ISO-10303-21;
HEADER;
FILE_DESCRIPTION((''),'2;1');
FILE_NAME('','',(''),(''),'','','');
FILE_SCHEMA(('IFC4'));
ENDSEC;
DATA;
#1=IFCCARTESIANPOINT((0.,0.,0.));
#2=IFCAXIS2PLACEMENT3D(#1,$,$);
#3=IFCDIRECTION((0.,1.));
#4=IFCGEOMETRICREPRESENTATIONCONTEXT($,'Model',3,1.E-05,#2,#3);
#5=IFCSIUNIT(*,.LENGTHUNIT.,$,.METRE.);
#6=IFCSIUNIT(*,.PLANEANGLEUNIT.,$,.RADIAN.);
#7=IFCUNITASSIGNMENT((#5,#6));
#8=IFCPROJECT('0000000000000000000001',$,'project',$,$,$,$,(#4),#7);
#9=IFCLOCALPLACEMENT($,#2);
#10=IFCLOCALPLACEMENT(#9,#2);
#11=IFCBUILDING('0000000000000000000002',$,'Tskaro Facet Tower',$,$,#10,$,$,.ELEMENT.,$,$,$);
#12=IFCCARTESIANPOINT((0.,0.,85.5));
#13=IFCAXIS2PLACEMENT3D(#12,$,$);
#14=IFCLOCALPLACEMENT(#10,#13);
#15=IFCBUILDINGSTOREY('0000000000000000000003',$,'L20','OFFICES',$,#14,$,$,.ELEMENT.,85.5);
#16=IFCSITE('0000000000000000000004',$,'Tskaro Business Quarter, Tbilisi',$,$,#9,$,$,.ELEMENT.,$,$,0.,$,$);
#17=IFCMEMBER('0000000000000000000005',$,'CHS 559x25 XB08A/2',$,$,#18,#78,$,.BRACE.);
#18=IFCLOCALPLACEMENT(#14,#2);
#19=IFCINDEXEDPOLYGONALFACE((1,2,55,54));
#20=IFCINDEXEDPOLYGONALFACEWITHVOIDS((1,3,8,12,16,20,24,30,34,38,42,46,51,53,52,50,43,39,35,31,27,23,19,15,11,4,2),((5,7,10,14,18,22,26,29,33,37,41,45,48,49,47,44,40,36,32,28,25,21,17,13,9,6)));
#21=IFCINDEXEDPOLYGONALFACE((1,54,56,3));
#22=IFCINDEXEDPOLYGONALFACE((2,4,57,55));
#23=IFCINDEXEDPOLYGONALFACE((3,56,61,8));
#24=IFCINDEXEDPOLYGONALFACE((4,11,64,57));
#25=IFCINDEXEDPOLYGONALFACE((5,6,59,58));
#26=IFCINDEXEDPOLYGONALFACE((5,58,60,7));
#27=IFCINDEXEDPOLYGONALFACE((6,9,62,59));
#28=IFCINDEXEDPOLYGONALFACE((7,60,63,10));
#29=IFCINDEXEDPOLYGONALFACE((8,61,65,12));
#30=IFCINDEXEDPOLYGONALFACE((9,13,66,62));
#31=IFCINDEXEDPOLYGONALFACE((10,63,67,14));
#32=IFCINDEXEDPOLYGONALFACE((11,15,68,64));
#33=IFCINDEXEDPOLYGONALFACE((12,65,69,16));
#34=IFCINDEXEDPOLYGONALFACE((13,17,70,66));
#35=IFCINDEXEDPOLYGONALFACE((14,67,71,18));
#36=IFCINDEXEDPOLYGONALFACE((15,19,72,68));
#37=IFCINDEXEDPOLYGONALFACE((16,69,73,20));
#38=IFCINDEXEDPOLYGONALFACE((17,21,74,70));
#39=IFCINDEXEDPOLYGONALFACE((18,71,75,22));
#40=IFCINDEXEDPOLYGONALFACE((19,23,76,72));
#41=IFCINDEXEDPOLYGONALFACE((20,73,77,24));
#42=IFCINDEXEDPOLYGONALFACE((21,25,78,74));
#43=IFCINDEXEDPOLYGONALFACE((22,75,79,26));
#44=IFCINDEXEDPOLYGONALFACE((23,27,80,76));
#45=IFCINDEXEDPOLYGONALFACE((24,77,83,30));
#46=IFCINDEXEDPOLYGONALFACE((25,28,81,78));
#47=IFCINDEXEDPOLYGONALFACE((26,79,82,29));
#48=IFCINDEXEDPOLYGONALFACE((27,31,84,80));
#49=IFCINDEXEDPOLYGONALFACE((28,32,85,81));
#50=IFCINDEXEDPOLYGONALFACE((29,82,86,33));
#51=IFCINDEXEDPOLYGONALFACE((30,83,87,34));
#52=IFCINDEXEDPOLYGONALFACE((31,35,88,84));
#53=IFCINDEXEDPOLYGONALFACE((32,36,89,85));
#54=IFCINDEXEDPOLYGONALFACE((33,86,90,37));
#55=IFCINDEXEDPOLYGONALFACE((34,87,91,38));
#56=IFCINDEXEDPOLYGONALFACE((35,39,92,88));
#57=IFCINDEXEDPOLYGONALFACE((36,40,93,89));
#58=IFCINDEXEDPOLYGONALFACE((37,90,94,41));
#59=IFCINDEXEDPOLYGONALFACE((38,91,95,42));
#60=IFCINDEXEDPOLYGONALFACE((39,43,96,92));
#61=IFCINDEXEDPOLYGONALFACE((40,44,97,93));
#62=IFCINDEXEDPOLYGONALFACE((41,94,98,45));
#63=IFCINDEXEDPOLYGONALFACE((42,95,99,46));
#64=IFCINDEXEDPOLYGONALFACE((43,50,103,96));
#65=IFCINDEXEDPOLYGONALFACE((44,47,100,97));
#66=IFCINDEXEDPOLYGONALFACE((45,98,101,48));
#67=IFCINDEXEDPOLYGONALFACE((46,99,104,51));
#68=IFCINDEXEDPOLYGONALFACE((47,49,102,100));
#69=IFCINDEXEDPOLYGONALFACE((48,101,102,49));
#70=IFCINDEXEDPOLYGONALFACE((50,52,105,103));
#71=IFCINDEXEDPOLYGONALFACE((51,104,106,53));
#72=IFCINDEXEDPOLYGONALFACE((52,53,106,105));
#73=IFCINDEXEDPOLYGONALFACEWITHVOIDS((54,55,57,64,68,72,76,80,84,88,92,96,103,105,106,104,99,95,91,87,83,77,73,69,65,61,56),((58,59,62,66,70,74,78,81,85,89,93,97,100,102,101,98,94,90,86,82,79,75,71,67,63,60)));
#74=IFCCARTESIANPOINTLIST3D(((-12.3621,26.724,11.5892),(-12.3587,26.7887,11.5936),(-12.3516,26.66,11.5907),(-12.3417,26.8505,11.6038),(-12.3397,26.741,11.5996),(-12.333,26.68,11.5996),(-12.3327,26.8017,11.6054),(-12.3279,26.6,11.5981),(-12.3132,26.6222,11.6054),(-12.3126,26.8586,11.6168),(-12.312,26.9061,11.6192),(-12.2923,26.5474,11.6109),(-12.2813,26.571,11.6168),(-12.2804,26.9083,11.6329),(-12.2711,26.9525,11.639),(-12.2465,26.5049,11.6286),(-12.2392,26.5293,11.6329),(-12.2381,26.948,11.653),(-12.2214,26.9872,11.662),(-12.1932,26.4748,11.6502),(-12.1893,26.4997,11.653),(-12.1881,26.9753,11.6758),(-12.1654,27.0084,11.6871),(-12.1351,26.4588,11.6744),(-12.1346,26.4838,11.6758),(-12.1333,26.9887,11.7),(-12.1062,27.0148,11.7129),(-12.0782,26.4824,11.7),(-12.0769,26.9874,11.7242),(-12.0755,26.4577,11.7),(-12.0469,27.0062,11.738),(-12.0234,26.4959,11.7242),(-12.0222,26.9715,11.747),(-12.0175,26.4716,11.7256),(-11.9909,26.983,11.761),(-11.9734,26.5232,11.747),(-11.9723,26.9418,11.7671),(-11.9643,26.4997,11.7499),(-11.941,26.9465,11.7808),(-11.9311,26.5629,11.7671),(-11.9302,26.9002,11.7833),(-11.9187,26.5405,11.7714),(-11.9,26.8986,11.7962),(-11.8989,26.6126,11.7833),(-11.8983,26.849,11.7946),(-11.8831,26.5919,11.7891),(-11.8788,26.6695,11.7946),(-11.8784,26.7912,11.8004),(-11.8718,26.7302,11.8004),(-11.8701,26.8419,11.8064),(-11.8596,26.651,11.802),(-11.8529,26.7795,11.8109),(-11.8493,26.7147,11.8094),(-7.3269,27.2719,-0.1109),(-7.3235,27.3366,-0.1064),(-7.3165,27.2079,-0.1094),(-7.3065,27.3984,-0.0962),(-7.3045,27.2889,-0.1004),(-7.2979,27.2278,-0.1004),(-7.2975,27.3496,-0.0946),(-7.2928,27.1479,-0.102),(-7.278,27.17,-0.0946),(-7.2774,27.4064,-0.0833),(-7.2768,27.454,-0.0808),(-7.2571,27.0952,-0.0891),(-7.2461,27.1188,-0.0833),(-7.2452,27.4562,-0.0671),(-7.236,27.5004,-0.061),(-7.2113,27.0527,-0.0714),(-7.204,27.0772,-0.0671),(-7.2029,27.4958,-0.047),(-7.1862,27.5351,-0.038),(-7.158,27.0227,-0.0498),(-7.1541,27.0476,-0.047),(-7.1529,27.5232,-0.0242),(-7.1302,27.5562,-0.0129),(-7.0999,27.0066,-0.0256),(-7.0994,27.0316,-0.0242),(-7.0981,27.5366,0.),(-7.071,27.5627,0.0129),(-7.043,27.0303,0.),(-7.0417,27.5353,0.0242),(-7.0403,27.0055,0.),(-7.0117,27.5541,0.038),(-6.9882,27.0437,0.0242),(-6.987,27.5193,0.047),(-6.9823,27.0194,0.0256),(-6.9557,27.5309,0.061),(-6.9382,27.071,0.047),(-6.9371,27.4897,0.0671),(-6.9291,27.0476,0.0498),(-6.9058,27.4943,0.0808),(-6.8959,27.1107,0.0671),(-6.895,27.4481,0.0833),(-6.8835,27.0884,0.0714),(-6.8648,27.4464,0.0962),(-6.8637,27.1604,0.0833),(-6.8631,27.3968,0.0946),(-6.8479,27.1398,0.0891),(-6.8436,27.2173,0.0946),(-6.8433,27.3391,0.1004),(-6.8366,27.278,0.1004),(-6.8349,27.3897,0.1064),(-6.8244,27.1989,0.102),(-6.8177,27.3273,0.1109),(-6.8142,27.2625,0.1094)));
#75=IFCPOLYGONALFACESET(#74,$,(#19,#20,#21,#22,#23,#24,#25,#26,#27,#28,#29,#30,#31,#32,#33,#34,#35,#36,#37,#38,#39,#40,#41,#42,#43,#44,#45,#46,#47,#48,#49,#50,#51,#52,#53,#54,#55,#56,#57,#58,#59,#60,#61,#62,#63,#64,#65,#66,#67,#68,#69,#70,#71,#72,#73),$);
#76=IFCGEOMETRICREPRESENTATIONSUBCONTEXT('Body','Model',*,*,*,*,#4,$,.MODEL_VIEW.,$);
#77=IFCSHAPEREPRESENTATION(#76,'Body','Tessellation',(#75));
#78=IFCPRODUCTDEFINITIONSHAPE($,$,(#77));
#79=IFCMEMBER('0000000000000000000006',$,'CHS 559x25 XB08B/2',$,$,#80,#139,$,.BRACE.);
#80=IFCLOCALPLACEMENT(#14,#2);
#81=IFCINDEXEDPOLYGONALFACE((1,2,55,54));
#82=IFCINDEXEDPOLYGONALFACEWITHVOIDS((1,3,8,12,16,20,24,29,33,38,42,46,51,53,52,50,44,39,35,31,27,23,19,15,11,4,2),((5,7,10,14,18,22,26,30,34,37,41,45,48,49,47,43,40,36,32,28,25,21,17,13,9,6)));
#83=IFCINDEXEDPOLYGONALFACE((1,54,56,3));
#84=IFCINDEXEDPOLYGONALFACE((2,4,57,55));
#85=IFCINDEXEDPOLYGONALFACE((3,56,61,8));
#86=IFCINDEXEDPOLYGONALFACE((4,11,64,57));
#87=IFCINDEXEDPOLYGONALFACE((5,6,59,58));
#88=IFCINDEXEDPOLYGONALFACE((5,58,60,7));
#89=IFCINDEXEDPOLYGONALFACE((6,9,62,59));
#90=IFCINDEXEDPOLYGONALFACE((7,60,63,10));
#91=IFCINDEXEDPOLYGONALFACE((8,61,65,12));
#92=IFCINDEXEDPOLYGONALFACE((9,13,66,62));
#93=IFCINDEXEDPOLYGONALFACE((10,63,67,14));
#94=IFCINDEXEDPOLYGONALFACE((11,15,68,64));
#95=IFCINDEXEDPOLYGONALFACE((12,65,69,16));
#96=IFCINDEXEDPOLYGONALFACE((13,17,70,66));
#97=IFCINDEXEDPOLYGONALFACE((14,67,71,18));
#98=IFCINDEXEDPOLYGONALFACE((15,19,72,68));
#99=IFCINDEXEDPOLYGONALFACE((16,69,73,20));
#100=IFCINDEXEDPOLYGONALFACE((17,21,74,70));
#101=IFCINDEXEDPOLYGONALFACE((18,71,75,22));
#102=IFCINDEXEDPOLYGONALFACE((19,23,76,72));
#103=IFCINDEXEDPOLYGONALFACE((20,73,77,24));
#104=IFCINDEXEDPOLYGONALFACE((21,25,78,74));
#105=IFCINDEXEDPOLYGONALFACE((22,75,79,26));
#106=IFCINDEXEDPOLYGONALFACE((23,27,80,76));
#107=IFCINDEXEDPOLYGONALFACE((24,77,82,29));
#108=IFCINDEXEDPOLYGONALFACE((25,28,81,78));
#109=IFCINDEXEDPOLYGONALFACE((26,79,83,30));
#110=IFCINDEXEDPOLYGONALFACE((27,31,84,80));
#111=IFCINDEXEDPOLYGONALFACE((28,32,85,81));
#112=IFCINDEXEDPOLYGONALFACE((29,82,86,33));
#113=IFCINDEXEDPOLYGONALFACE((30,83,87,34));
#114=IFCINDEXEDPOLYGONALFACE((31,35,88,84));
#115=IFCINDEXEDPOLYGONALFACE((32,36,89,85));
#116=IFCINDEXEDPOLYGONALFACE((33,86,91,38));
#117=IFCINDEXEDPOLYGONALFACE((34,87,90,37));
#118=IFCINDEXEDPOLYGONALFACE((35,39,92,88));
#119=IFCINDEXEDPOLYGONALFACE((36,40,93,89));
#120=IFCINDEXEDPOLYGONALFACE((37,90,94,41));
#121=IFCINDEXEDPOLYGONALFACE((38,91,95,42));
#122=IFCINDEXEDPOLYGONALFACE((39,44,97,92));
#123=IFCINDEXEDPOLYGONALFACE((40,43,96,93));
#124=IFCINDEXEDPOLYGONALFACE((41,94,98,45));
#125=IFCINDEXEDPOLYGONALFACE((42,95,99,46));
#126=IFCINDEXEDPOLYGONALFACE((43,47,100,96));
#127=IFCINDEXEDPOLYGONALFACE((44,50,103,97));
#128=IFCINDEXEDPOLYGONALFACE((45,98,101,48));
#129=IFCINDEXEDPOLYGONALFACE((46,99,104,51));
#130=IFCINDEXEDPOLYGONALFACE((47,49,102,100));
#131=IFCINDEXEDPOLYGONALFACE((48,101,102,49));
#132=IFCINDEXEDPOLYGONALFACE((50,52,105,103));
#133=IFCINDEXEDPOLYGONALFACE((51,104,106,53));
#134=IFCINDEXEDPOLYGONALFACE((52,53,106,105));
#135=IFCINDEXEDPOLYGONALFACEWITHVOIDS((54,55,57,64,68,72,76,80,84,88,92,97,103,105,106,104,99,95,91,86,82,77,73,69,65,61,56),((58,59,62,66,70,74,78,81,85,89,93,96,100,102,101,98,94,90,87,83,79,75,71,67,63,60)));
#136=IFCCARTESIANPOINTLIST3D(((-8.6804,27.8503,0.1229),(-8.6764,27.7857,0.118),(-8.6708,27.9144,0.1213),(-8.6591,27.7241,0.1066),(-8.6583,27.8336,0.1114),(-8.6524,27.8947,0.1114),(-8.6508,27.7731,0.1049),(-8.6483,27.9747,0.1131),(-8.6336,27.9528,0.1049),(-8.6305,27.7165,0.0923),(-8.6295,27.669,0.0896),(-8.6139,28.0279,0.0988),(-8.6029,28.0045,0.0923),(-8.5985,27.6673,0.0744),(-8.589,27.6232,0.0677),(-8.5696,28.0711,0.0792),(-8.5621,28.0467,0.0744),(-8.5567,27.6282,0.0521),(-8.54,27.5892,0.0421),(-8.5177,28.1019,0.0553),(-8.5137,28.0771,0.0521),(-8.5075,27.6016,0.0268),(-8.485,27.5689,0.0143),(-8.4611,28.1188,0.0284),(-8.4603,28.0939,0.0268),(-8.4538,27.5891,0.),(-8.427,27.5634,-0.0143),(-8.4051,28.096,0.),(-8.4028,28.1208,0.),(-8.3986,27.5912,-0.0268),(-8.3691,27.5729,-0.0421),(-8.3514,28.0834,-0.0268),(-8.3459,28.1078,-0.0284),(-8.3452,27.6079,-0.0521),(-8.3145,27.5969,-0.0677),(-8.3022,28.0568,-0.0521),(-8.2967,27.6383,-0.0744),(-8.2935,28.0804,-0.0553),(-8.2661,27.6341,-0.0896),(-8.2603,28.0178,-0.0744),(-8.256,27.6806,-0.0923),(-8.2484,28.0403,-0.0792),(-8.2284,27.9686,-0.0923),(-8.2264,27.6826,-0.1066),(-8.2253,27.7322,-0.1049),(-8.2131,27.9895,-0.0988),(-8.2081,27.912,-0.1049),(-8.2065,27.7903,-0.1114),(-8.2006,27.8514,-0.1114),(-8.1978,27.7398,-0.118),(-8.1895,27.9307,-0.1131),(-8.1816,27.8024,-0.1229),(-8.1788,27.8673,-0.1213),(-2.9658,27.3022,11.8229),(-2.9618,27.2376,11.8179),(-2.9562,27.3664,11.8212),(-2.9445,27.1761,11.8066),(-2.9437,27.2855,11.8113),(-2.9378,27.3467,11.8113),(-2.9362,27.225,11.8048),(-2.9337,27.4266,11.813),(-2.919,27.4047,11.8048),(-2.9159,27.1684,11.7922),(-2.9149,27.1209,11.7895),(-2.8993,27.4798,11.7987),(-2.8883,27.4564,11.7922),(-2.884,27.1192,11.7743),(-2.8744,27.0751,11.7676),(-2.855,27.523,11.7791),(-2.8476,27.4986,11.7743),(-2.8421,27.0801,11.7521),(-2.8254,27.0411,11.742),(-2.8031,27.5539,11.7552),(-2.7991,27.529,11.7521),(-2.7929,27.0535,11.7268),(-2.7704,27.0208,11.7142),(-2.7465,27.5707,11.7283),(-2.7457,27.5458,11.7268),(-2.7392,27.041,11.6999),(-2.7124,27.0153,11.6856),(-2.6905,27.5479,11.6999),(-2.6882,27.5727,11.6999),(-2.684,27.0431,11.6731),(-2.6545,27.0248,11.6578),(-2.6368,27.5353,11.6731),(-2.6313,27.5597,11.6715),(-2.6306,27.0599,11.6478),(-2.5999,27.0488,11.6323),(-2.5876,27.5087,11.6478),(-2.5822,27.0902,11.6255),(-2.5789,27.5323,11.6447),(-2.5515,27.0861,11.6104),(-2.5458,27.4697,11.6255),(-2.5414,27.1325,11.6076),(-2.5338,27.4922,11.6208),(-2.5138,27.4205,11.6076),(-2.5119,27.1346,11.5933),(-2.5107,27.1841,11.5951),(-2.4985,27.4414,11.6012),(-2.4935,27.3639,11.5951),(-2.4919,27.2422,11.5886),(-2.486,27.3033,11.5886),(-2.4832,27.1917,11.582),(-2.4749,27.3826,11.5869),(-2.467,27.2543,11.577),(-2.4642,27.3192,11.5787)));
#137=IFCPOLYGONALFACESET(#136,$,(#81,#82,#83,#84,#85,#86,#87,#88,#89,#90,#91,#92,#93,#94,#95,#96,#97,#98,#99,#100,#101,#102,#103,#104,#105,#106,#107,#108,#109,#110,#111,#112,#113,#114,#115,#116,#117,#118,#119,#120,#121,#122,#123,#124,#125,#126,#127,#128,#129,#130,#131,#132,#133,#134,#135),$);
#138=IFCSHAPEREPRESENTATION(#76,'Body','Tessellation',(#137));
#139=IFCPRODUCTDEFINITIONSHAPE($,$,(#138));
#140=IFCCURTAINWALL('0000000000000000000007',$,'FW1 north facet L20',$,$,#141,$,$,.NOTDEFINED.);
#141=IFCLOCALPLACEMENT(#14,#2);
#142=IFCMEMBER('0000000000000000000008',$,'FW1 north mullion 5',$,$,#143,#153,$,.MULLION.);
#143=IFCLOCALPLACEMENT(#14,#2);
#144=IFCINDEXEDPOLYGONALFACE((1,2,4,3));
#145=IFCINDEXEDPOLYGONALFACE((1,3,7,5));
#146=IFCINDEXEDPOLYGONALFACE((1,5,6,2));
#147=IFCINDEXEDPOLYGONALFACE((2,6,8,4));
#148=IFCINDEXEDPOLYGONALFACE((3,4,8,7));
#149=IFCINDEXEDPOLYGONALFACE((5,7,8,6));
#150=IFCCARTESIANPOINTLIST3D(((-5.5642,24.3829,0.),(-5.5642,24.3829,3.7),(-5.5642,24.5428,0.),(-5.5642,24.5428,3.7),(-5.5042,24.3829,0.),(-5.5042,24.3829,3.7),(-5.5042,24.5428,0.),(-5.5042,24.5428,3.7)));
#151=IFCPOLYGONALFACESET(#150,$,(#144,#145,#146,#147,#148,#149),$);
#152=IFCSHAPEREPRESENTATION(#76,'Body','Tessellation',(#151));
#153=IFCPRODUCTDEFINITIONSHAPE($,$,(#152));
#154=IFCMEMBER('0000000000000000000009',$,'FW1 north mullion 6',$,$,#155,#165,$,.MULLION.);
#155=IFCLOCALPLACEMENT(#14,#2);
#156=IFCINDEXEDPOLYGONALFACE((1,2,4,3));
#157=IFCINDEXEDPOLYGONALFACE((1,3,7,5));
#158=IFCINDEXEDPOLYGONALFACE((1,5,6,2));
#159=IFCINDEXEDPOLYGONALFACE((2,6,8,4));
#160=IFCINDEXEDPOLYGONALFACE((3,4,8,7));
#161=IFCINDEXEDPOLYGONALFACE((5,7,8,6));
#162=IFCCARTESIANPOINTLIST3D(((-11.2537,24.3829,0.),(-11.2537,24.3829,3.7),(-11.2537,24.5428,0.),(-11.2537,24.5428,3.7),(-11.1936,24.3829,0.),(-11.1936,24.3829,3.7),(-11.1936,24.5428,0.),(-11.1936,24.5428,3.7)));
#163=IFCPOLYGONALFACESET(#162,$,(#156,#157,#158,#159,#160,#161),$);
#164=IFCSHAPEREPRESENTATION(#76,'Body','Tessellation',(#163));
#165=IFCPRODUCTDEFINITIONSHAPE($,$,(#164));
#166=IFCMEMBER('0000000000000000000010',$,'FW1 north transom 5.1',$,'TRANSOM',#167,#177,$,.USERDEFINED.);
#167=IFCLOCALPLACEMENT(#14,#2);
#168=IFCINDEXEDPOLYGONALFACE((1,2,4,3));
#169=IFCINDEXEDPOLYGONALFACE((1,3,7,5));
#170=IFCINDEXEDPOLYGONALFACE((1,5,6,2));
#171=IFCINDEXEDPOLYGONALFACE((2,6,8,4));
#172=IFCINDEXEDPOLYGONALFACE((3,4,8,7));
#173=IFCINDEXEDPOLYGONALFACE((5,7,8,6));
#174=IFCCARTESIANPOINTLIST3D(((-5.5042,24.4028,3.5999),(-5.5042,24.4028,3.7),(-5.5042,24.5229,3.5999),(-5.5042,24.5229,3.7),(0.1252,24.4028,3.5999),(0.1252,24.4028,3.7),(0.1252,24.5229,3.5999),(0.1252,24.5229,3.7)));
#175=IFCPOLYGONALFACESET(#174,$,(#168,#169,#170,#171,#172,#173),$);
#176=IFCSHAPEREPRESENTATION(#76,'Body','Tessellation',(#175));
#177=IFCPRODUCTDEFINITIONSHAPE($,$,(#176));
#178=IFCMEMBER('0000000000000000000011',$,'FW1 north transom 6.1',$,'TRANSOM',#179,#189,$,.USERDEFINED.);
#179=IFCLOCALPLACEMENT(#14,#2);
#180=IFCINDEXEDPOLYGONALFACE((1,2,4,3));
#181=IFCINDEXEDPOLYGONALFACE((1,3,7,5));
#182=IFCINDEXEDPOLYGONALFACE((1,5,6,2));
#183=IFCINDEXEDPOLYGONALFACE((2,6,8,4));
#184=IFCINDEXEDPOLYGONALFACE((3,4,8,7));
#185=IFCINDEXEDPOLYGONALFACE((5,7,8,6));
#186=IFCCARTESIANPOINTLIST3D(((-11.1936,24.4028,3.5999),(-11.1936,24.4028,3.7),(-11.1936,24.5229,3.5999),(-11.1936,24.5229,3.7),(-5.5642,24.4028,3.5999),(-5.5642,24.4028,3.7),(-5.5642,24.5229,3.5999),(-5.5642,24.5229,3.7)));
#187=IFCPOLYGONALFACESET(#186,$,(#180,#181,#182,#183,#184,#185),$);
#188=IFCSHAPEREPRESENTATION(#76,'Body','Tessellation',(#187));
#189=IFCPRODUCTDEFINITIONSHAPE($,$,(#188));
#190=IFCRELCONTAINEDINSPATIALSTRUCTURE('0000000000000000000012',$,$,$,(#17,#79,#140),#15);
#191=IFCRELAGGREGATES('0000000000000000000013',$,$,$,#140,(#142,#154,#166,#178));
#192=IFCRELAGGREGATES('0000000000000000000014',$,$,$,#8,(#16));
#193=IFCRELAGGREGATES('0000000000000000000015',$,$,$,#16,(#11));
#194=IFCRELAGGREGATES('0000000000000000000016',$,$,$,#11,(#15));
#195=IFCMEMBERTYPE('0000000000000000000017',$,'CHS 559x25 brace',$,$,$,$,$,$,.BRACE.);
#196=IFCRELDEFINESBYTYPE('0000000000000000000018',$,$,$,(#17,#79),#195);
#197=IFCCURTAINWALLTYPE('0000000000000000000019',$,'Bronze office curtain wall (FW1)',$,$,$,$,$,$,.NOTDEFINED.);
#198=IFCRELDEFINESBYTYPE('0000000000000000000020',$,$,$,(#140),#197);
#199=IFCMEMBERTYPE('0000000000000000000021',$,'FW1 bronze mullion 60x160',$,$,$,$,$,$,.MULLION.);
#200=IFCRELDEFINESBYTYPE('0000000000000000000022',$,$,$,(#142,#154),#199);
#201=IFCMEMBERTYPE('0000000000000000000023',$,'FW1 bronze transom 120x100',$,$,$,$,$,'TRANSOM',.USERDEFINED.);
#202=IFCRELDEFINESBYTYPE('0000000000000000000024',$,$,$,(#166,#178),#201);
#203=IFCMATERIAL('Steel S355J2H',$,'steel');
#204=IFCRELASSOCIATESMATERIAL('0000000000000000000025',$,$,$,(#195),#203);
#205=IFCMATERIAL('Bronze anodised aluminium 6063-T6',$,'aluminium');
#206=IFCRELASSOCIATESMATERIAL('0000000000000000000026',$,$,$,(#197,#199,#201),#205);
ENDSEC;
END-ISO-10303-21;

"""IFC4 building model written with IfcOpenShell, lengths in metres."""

from ifc_helpers import new_model, si_unit, direction, frame, origin, origin_2d, place, context, subcontext, project, spatial, rectangle, hollow_circle, extrude, material, material_profile, profile_set, type_object, element, aggregate, save


model = new_model("IFC4")

# Units and contexts
model_context = context("Model", 3, precision=1e-05, world=origin(), true_north=direction((0.0, 1.0)))
body_context = subcontext(model_context, "Body", "Model", "MODEL_VIEW")
ifc_project = project(units=[si_unit("LENGTHUNIT", "METRE"), si_unit("PLANEANGLEUNIT", "RADIAN")], contexts=[model_context])

# Site, building, storey
site_placement = place(None, origin())
site = spatial("IfcSite", under=ifc_project, at=site_placement, Name="Tskaro Business Quarter, Tbilisi", CompositionType="ELEMENT", RefElevation=0.0)
building_placement = place(site_placement, origin())
building = spatial("IfcBuilding", under=site, at=building_placement, Name="Tskaro Facet Tower", CompositionType="ELEMENT")
storey_placement = place(building_placement, frame((0.0, 0.0, 85.5)))
storey = spatial("IfcBuildingStorey", under=building, at=storey_placement, Name="L20", Description="OFFICES", CompositionType="ELEMENT", Elevation=85.5)

# Shared definitions
ifc_material_1 = material(Name="Steel S355J2H", Category="steel")

# Members
ifc_material_profile_1 = material_profile(ifc_material_1, hollow_circle(Radius=0.2795, WallThickness=0.0249, at=origin_2d()), Name="CHS 559x25")
ifc_profile_set_1 = profile_set([ifc_material_profile_1], Name="Steel S355J2H")
member_type_1 = type_object("IfcMemberType", Name="CHS 559x25 brace", PredefinedType="BRACE", material=ifc_profile_set_1)
member_1_placement = place(storey_placement, frame((-7.0706, 27.2834, 0.0), z_axis=(-0.394939, -0.042971, 0.917702), x_axis=(0.108167, -0.994133, 0.0)))
element("IfcMember", 1, at=member_1_placement, inside=storey, type_object=member_type_1, Name="CHS 559x25 XB08A/2", PredefinedType="BRACE", context=body_context, shape_type="SweptSolid", body=[
    extrude(hollow_circle(Radius=0.2795, WallThickness=0.0249, at=origin_2d()), origin(), (0.0, 0.0, 1.0), 12.7493),
])
member_2_placement = place(storey_placement, frame((-8.4294, 27.8425, 0.0), z_axis=(0.438489, -0.042056, 0.897752), x_axis=(0.095473, 0.995432, 0.0)))
element("IfcMember", 2, at=member_2_placement, inside=storey, type_object=member_type_1, Name="CHS 559x25 XB08B/2", PredefinedType="BRACE", context=body_context, shape_type="SweptSolid", body=[
    extrude(hollow_circle(Radius=0.2795, WallThickness=0.0249, at=origin_2d()), origin(), (0.0, 0.0, 1.0), 13.0325),
])

# Curtain wall, members
ifc_material_2 = material(Name="Bronze anodised aluminium 6063-T6", Category="aluminium")
curtain_wall_type = type_object("IfcCurtainWallType", Name="Bronze office curtain wall (FW1)", PredefinedType="NOTDEFINED", material=ifc_material_2)
curtain_wall_placement = place(storey_placement, origin())
curtain_wall = element("IfcCurtainWall", 3, at=curtain_wall_placement, inside=storey, type_object=curtain_wall_type, Name="FW1 north facet L20", PredefinedType="NOTDEFINED")
ifc_material_profile_2 = material_profile(ifc_material_2, rectangle(XDim=0.0601, YDim=0.1599, at=origin_2d()), Name="Mullion 60x160")
ifc_profile_set_2 = profile_set([ifc_material_profile_2], Name="Bronze anodised aluminium 6063-T6")
member_type_2 = type_object("IfcMemberType", Name="FW1 bronze mullion 60x160", PredefinedType="MULLION", material=ifc_profile_set_2)
member_3_placement = place(storey_placement, frame((-5.5342, 24.4629, 0.0), z_axis=(0.0, 0.0, 1.0), x_axis=(-1.0, 0.0, 0.0)))
member_3 = element("IfcMember", 4, at=member_3_placement, type_object=member_type_2, Name="FW1 north mullion 5", PredefinedType="MULLION", context=body_context, shape_type="SweptSolid", body=[
    extrude(rectangle(XDim=0.0601, YDim=0.1599, at=origin_2d()), origin(), (0.0, 0.0, 1.0), 3.7),
])
member_4_placement = place(storey_placement, frame((-11.2236, 24.4629, 0.0), z_axis=(0.0, 0.0, 1.0), x_axis=(-1.0, 0.0, 0.0)))
member_4 = element("IfcMember", 5, at=member_4_placement, type_object=member_type_2, Name="FW1 north mullion 6", PredefinedType="MULLION", context=body_context, shape_type="SweptSolid", body=[
    extrude(rectangle(XDim=0.0601, YDim=0.1599, at=origin_2d()), origin(), (0.0, 0.0, 1.0), 3.7),
])
ifc_material_profile_3 = material_profile(ifc_material_2, rectangle(XDim=0.1201, YDim=0.1001, at=origin_2d()), Name="Transom 120x100")
ifc_profile_set_3 = profile_set([ifc_material_profile_3], Name="Bronze anodised aluminium 6063-T6")
member_type_3 = type_object("IfcMemberType", Name="FW1 bronze transom 120x100", ElementType="TRANSOM", PredefinedType="USERDEFINED", material=ifc_profile_set_3)
member_5_placement = place(storey_placement, frame((0.1252, 24.4629, 3.6499), z_axis=(-1.0, 0.0, 0.0), x_axis=(0.0, -1.0, 0.0)))
member_5 = element("IfcMember", 6, at=member_5_placement, type_object=member_type_3, Name="FW1 north transom 5.1", ObjectType="TRANSOM", PredefinedType="USERDEFINED", context=body_context, shape_type="SweptSolid", body=[
    extrude(rectangle(XDim=0.1201, YDim=0.1001, at=origin_2d()), origin(), (0.0, 0.0, 1.0), 5.6294),
])
member_6_placement = place(storey_placement, frame((-5.5642, 24.4629, 3.6499), z_axis=(-1.0, 0.0, 0.0), x_axis=(0.0, -1.0, 0.0)))
member_6 = element("IfcMember", 7, at=member_6_placement, type_object=member_type_3, Name="FW1 north transom 6.1", ObjectType="TRANSOM", PredefinedType="USERDEFINED", context=body_context, shape_type="SweptSolid", body=[
    extrude(rectangle(XDim=0.1201, YDim=0.1001, at=origin_2d()), origin(), (0.0, 0.0, 1.0), 5.6294),
])

aggregate(curtain_wall, [member_3, member_4, member_5, member_6])

save(model, "model.ifc")
